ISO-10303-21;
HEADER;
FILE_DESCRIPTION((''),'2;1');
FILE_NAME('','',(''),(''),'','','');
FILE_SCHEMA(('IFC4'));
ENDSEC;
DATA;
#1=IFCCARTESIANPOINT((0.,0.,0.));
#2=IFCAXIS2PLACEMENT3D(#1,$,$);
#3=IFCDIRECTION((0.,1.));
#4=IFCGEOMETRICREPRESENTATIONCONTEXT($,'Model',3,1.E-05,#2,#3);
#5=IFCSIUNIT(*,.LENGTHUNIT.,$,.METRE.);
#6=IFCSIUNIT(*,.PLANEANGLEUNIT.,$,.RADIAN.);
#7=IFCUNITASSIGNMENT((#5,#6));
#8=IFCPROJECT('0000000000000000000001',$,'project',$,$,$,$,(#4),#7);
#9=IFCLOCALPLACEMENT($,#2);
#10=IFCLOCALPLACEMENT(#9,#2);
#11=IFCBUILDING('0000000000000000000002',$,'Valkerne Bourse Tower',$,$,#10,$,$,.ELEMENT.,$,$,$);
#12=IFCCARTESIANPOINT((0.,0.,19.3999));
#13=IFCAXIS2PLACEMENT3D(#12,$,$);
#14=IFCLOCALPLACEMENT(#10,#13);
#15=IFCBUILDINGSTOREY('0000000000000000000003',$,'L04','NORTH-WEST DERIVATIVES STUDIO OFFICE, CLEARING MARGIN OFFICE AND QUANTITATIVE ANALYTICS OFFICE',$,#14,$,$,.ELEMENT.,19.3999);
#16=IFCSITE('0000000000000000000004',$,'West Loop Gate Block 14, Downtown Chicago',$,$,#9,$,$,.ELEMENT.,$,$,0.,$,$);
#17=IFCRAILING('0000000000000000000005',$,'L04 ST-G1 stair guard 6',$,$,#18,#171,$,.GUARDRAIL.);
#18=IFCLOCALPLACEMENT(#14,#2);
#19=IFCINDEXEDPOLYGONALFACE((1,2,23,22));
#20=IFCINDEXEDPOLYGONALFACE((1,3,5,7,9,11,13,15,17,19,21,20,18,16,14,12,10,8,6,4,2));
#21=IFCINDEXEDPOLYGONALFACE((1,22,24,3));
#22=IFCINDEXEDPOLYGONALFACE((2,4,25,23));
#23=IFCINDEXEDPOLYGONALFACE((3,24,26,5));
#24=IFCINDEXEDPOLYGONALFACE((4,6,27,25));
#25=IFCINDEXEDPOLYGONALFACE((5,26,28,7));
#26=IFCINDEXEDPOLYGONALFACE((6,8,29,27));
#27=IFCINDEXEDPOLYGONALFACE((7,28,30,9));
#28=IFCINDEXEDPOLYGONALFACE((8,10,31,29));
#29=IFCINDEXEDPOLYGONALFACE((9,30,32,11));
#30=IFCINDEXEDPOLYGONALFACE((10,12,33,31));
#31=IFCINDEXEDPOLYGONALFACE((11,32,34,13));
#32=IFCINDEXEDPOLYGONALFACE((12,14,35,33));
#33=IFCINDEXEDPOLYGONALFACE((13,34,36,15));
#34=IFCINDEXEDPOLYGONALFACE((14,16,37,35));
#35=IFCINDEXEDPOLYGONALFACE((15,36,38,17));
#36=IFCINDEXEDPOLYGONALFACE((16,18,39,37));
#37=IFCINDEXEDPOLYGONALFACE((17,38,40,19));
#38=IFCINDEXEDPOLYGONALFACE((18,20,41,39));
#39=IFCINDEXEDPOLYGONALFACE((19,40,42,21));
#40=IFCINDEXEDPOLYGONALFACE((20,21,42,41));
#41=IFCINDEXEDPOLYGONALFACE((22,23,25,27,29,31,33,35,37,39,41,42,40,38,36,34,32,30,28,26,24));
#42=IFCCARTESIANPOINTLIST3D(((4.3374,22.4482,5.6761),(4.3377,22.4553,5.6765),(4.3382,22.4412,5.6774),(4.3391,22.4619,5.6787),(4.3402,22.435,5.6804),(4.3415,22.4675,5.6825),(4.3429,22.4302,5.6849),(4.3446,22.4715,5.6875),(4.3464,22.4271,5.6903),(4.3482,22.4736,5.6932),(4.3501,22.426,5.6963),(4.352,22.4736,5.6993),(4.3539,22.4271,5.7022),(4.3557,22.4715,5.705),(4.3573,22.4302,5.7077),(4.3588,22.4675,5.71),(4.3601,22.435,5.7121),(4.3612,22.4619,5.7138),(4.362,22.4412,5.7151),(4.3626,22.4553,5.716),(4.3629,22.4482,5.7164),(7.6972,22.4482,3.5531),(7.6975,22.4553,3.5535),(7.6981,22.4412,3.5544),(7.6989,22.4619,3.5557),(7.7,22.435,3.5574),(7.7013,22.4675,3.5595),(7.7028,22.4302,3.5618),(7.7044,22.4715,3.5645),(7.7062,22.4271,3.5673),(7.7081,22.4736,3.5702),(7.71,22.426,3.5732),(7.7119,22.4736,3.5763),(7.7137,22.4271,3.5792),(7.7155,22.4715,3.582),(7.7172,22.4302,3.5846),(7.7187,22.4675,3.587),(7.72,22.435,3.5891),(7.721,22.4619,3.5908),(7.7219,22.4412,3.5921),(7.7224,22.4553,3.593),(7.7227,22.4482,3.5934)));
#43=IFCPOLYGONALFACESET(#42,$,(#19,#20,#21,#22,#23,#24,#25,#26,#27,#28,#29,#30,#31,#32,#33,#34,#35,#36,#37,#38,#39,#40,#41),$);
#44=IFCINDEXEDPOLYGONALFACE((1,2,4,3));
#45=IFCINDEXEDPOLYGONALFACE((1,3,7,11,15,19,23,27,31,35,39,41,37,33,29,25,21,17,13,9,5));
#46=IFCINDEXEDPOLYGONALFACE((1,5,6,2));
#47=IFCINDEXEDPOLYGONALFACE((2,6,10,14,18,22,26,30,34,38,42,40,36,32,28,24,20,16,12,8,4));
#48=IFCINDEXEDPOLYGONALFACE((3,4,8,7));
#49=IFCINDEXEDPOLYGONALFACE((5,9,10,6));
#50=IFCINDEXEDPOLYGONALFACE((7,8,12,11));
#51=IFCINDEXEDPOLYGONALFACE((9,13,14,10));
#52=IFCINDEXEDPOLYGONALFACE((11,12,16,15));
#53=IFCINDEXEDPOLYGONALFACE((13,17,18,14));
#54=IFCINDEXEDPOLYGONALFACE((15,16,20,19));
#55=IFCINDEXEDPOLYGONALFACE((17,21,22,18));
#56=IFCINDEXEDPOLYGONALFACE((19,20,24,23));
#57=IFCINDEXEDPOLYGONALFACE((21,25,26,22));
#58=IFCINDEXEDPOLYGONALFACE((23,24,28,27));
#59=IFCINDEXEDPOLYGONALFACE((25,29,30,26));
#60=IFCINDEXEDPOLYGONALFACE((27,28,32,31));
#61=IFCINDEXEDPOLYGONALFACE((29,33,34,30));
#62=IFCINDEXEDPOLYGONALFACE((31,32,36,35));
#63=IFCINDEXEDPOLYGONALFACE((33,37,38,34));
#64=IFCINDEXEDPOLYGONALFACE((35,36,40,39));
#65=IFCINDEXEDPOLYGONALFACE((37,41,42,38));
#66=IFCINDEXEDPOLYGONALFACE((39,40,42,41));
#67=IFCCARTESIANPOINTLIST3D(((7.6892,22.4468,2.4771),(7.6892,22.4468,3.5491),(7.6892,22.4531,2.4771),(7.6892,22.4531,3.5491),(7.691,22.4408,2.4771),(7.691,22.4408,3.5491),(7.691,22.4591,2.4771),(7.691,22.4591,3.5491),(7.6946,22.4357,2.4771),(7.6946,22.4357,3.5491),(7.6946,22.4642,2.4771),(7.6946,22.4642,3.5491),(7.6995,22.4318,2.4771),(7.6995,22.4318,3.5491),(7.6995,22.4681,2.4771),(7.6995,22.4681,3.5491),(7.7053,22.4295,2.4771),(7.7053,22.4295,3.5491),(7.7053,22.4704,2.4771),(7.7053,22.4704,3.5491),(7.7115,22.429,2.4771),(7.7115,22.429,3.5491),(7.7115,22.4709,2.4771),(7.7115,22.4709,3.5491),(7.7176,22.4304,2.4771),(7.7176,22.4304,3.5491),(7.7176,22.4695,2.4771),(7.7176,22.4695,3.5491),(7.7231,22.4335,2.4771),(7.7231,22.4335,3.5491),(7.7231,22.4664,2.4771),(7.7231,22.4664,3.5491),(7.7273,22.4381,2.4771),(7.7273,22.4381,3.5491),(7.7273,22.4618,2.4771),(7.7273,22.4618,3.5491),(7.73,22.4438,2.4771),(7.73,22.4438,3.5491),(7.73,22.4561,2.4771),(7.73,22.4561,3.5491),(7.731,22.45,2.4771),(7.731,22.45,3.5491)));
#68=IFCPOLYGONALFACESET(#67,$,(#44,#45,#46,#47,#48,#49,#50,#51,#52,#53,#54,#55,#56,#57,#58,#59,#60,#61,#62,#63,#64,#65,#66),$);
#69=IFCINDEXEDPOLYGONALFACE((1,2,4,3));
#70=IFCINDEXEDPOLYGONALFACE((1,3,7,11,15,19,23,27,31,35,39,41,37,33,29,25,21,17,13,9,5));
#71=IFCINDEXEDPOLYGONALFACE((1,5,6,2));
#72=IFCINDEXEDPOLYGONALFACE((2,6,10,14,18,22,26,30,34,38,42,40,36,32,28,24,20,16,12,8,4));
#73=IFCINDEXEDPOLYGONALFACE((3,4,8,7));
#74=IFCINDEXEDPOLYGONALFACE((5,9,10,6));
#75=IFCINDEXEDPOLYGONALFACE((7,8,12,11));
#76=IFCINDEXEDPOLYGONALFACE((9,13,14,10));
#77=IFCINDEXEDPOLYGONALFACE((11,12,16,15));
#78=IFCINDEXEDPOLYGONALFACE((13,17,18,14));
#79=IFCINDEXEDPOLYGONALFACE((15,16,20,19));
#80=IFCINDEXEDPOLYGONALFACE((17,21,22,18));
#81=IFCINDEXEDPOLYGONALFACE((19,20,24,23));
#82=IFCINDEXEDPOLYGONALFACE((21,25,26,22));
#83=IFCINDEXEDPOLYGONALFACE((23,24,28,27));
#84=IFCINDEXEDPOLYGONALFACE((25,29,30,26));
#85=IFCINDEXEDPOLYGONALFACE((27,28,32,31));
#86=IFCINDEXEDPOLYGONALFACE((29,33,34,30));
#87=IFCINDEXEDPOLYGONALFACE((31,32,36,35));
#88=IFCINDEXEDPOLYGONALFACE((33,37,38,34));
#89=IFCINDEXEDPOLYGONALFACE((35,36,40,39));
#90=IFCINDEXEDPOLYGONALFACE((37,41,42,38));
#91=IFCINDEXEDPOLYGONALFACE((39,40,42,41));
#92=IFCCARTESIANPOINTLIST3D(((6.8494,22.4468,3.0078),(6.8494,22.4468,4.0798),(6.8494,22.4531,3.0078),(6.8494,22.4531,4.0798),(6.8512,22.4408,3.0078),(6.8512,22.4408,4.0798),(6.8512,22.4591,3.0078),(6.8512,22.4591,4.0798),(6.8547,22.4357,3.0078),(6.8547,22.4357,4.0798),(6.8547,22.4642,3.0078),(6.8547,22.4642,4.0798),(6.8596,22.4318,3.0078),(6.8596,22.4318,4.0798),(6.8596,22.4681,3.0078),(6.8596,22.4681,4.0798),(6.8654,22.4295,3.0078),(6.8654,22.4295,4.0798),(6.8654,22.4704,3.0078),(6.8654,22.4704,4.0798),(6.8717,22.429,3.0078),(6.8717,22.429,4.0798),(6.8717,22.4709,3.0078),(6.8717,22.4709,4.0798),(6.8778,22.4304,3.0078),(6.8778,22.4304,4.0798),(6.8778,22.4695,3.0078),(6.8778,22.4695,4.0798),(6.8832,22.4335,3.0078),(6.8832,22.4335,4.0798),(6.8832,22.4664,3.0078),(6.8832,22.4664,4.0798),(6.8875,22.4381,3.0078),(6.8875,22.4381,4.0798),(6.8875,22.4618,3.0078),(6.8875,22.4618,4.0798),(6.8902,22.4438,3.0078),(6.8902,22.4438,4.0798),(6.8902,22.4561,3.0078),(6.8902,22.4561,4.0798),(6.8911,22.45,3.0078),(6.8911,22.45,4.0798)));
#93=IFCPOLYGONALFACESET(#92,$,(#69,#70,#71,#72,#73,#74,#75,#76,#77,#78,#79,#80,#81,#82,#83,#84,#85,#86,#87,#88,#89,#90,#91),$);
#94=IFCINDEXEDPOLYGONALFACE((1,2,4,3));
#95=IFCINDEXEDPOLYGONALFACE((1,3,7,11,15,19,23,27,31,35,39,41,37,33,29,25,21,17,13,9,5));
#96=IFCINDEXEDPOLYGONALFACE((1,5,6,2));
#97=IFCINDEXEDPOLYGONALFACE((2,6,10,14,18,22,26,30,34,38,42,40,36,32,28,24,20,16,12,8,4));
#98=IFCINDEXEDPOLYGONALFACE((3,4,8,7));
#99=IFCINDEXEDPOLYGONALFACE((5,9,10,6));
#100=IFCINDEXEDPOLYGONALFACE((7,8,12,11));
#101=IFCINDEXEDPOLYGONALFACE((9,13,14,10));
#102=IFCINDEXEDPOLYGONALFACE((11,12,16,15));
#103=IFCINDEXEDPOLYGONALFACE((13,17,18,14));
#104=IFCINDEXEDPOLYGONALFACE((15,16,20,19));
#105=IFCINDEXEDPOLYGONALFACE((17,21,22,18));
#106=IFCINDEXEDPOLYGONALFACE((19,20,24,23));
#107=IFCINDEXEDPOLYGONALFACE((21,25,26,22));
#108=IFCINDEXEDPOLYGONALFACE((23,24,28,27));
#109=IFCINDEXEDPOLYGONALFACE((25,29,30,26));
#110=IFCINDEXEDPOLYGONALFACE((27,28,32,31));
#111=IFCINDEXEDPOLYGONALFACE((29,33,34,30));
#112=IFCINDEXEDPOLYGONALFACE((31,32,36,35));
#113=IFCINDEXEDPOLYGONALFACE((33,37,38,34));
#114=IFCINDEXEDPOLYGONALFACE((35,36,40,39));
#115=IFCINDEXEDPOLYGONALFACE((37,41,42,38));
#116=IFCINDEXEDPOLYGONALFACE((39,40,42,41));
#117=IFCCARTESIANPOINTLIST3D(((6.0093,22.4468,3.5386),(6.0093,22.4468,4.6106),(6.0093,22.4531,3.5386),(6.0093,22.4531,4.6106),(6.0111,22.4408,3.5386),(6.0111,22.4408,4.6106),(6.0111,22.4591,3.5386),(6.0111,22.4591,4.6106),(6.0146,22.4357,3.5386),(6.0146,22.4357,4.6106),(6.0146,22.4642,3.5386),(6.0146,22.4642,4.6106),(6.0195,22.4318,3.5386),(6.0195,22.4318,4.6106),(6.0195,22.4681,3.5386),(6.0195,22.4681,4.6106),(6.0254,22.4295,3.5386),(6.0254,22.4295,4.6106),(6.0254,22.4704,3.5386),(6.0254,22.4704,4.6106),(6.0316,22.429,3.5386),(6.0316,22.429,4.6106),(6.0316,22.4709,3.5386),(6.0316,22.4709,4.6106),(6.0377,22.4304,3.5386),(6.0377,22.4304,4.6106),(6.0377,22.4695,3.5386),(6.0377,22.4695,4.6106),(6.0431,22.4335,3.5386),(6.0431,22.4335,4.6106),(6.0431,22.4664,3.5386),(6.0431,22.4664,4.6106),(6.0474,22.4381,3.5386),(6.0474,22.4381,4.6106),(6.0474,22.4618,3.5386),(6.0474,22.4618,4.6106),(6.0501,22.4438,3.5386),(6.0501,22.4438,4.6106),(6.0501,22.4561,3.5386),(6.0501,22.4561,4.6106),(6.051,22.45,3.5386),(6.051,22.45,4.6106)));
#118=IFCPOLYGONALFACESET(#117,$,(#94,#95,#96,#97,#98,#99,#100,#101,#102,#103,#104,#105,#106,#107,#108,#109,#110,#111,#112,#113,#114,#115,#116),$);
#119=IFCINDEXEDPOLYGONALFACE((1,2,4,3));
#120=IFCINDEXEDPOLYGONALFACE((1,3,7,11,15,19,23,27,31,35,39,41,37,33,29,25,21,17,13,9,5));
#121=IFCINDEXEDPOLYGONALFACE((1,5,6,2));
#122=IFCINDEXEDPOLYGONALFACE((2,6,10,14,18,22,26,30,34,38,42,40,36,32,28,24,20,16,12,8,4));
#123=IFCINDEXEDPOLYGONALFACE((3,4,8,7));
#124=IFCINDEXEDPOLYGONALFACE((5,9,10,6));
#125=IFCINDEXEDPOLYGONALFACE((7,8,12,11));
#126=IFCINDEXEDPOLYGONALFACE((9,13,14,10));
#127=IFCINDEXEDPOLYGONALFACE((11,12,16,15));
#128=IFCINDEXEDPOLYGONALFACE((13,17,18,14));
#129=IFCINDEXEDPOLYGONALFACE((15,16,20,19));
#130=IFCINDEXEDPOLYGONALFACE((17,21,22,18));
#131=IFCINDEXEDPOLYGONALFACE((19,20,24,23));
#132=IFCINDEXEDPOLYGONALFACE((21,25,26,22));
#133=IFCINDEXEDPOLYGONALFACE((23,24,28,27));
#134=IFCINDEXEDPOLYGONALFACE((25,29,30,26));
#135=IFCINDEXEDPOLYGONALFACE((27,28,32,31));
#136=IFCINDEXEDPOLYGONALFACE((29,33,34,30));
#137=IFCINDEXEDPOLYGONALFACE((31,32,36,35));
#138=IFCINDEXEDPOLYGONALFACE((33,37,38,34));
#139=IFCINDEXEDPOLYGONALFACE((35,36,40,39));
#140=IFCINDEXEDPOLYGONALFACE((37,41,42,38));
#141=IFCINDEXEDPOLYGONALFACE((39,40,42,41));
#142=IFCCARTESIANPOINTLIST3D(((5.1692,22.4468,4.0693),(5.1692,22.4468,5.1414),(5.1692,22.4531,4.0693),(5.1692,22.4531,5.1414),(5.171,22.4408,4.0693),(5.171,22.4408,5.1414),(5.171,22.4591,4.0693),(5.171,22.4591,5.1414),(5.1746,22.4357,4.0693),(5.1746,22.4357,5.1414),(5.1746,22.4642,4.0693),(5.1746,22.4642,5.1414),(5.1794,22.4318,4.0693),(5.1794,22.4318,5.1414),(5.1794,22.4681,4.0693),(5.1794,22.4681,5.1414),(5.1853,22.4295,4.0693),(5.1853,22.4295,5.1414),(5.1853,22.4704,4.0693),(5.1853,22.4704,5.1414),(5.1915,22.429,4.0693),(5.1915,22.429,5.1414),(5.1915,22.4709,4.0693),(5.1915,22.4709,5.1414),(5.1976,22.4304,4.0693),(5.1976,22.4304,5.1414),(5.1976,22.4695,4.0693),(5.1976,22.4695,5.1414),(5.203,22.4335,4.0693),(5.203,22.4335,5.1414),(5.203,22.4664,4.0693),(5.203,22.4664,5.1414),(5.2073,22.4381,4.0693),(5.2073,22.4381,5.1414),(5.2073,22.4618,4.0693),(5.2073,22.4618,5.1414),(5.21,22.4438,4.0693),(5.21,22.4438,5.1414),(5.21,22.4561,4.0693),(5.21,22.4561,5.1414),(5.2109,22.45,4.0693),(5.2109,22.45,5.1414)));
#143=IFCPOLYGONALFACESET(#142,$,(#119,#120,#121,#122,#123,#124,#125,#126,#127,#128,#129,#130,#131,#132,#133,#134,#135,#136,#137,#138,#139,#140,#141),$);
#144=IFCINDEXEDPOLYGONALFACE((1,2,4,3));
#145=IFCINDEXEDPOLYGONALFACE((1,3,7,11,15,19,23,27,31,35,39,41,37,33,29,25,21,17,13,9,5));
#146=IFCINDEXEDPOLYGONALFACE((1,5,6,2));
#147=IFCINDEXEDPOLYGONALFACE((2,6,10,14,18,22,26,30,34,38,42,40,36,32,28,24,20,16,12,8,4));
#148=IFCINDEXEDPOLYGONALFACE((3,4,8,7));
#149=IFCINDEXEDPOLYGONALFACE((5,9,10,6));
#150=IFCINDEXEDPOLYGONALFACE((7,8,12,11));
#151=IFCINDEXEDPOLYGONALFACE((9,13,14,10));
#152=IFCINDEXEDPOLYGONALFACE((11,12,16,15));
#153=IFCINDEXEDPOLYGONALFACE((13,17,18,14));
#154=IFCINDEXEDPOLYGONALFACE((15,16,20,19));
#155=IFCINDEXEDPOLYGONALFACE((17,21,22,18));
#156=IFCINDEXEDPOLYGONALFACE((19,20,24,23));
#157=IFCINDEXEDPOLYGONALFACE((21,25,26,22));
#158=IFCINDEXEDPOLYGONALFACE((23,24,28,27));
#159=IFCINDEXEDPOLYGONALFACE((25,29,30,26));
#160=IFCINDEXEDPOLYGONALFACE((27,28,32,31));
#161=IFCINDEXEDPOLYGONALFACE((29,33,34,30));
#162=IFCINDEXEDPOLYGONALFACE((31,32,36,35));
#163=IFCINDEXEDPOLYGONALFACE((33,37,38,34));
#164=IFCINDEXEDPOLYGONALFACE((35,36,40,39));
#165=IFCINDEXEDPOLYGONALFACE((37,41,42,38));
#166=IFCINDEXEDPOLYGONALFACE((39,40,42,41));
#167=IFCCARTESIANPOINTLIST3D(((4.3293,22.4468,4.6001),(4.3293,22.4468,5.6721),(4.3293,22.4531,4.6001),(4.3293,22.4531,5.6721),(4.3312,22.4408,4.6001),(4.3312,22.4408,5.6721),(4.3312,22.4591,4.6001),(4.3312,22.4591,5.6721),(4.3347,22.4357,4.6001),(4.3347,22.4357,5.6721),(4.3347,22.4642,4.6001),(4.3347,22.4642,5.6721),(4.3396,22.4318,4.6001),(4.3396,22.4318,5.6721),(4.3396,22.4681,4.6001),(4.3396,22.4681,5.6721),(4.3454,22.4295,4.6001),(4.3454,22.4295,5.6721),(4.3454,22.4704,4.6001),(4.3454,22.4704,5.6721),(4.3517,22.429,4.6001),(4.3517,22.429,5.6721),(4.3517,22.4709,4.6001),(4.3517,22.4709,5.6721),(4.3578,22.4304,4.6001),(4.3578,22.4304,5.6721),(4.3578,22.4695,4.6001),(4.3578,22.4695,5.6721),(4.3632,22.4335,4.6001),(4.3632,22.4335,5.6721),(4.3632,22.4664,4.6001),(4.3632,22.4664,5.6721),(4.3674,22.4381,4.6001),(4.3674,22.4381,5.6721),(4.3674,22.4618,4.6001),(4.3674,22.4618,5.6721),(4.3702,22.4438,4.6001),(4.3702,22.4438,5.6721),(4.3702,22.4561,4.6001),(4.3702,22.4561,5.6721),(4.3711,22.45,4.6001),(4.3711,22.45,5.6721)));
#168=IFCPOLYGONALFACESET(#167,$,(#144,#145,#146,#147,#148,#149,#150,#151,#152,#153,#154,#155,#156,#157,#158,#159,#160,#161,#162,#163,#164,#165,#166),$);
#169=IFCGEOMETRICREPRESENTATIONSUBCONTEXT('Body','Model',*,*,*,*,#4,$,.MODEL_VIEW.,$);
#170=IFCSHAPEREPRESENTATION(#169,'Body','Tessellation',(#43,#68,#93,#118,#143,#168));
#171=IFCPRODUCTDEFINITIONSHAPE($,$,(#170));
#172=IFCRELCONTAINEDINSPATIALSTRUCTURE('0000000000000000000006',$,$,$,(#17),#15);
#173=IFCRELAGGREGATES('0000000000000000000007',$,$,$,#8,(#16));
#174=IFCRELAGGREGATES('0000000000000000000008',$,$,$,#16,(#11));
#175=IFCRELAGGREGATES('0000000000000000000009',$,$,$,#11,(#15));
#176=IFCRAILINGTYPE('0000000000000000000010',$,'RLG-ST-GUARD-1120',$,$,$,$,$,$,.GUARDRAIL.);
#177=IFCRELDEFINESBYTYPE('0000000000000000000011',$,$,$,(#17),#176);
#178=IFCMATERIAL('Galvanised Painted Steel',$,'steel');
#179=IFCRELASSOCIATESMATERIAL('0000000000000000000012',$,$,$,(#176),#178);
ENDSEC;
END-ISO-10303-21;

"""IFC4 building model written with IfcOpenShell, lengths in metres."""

from ifc_helpers import new_model, si_unit, direction, frame, origin, origin_2d, place, context, subcontext, project, spatial, circle, extrude, material, type_object, element, save


model = new_model("IFC4")

# Units and contexts
model_context = context("Model", 3, precision=1e-05, world=origin(), true_north=direction((0.0, 1.0)))
body_context = subcontext(model_context, "Body", "Model", "MODEL_VIEW")
ifc_project = project(units=[si_unit("LENGTHUNIT", "METRE"), si_unit("PLANEANGLEUNIT", "RADIAN")], contexts=[model_context])

# Site, building, storey
site_placement = place(None, origin())
site = spatial("IfcSite", under=ifc_project, at=site_placement, Name="West Loop Gate Block 14, Downtown Chicago", CompositionType="ELEMENT", RefElevation=0.0)
building_placement = place(site_placement, origin())
building = spatial("IfcBuilding", under=site, at=building_placement, Name="Valkerne Bourse Tower", CompositionType="ELEMENT")
storey_placement = place(building_placement, frame((0.0, 0.0, 19.3999)))
storey = spatial("IfcBuildingStorey", under=building, at=storey_placement, Name="L04", Description="NORTH-WEST DERIVATIVES STUDIO OFFICE, CLEARING MARGIN OFFICE AND QUANTITATIVE ANALYTICS OFFICE", CompositionType="ELEMENT", Elevation=19.3999)

# Shared definitions
ifc_material_1 = material(Name="Galvanised Painted Steel", Category="steel")

# Railing
railing_type_1 = type_object("IfcRailingType", Name="RLG-ST-GUARD-1120", PredefinedType="GUARDRAIL", material=ifc_material_1)
railing_1_placement = place(storey_placement, frame((7.71, 22.45, 2.4771)))
element("IfcRailing", 1, at=railing_1_placement, inside=storey, type_object=railing_type_1, Name="L04 ST-G1 stair guard 6", PredefinedType="GUARDRAIL", context=body_context, shape_type="SweptSolid", body=[
    extrude(circle(Radius=0.0239, at=origin_2d()), frame((0.0, 0.0, 1.0962), z_axis=(-0.845372, 0.0, 0.534178), x_axis=(0.0, -1.0, 0.0)), (0.0, 0.0, 1.0), 3.9744),
    extrude(circle(Radius=0.021, at=origin_2d()), origin(), (0.0, 0.0, 1.0), 1.072),
    extrude(circle(Radius=0.021, at=origin_2d()), frame((-0.8398, 0.0, 0.5308)), (0.0, 0.0, 1.0), 1.072),
    extrude(circle(Radius=0.021, at=origin_2d()), frame((-1.6799, 0.0, 1.0615)), (0.0, 0.0, 1.0), 1.072),
    extrude(circle(Radius=0.021, at=origin_2d()), frame((-2.52, 0.0, 1.5923)), (0.0, 0.0, 1.0), 1.072),
    extrude(circle(Radius=0.021, at=origin_2d()), frame((-3.3599, 0.0, 2.123)), (0.0, 0.0, 1.0), 1.072),
])

save(model, "model.ifc")
